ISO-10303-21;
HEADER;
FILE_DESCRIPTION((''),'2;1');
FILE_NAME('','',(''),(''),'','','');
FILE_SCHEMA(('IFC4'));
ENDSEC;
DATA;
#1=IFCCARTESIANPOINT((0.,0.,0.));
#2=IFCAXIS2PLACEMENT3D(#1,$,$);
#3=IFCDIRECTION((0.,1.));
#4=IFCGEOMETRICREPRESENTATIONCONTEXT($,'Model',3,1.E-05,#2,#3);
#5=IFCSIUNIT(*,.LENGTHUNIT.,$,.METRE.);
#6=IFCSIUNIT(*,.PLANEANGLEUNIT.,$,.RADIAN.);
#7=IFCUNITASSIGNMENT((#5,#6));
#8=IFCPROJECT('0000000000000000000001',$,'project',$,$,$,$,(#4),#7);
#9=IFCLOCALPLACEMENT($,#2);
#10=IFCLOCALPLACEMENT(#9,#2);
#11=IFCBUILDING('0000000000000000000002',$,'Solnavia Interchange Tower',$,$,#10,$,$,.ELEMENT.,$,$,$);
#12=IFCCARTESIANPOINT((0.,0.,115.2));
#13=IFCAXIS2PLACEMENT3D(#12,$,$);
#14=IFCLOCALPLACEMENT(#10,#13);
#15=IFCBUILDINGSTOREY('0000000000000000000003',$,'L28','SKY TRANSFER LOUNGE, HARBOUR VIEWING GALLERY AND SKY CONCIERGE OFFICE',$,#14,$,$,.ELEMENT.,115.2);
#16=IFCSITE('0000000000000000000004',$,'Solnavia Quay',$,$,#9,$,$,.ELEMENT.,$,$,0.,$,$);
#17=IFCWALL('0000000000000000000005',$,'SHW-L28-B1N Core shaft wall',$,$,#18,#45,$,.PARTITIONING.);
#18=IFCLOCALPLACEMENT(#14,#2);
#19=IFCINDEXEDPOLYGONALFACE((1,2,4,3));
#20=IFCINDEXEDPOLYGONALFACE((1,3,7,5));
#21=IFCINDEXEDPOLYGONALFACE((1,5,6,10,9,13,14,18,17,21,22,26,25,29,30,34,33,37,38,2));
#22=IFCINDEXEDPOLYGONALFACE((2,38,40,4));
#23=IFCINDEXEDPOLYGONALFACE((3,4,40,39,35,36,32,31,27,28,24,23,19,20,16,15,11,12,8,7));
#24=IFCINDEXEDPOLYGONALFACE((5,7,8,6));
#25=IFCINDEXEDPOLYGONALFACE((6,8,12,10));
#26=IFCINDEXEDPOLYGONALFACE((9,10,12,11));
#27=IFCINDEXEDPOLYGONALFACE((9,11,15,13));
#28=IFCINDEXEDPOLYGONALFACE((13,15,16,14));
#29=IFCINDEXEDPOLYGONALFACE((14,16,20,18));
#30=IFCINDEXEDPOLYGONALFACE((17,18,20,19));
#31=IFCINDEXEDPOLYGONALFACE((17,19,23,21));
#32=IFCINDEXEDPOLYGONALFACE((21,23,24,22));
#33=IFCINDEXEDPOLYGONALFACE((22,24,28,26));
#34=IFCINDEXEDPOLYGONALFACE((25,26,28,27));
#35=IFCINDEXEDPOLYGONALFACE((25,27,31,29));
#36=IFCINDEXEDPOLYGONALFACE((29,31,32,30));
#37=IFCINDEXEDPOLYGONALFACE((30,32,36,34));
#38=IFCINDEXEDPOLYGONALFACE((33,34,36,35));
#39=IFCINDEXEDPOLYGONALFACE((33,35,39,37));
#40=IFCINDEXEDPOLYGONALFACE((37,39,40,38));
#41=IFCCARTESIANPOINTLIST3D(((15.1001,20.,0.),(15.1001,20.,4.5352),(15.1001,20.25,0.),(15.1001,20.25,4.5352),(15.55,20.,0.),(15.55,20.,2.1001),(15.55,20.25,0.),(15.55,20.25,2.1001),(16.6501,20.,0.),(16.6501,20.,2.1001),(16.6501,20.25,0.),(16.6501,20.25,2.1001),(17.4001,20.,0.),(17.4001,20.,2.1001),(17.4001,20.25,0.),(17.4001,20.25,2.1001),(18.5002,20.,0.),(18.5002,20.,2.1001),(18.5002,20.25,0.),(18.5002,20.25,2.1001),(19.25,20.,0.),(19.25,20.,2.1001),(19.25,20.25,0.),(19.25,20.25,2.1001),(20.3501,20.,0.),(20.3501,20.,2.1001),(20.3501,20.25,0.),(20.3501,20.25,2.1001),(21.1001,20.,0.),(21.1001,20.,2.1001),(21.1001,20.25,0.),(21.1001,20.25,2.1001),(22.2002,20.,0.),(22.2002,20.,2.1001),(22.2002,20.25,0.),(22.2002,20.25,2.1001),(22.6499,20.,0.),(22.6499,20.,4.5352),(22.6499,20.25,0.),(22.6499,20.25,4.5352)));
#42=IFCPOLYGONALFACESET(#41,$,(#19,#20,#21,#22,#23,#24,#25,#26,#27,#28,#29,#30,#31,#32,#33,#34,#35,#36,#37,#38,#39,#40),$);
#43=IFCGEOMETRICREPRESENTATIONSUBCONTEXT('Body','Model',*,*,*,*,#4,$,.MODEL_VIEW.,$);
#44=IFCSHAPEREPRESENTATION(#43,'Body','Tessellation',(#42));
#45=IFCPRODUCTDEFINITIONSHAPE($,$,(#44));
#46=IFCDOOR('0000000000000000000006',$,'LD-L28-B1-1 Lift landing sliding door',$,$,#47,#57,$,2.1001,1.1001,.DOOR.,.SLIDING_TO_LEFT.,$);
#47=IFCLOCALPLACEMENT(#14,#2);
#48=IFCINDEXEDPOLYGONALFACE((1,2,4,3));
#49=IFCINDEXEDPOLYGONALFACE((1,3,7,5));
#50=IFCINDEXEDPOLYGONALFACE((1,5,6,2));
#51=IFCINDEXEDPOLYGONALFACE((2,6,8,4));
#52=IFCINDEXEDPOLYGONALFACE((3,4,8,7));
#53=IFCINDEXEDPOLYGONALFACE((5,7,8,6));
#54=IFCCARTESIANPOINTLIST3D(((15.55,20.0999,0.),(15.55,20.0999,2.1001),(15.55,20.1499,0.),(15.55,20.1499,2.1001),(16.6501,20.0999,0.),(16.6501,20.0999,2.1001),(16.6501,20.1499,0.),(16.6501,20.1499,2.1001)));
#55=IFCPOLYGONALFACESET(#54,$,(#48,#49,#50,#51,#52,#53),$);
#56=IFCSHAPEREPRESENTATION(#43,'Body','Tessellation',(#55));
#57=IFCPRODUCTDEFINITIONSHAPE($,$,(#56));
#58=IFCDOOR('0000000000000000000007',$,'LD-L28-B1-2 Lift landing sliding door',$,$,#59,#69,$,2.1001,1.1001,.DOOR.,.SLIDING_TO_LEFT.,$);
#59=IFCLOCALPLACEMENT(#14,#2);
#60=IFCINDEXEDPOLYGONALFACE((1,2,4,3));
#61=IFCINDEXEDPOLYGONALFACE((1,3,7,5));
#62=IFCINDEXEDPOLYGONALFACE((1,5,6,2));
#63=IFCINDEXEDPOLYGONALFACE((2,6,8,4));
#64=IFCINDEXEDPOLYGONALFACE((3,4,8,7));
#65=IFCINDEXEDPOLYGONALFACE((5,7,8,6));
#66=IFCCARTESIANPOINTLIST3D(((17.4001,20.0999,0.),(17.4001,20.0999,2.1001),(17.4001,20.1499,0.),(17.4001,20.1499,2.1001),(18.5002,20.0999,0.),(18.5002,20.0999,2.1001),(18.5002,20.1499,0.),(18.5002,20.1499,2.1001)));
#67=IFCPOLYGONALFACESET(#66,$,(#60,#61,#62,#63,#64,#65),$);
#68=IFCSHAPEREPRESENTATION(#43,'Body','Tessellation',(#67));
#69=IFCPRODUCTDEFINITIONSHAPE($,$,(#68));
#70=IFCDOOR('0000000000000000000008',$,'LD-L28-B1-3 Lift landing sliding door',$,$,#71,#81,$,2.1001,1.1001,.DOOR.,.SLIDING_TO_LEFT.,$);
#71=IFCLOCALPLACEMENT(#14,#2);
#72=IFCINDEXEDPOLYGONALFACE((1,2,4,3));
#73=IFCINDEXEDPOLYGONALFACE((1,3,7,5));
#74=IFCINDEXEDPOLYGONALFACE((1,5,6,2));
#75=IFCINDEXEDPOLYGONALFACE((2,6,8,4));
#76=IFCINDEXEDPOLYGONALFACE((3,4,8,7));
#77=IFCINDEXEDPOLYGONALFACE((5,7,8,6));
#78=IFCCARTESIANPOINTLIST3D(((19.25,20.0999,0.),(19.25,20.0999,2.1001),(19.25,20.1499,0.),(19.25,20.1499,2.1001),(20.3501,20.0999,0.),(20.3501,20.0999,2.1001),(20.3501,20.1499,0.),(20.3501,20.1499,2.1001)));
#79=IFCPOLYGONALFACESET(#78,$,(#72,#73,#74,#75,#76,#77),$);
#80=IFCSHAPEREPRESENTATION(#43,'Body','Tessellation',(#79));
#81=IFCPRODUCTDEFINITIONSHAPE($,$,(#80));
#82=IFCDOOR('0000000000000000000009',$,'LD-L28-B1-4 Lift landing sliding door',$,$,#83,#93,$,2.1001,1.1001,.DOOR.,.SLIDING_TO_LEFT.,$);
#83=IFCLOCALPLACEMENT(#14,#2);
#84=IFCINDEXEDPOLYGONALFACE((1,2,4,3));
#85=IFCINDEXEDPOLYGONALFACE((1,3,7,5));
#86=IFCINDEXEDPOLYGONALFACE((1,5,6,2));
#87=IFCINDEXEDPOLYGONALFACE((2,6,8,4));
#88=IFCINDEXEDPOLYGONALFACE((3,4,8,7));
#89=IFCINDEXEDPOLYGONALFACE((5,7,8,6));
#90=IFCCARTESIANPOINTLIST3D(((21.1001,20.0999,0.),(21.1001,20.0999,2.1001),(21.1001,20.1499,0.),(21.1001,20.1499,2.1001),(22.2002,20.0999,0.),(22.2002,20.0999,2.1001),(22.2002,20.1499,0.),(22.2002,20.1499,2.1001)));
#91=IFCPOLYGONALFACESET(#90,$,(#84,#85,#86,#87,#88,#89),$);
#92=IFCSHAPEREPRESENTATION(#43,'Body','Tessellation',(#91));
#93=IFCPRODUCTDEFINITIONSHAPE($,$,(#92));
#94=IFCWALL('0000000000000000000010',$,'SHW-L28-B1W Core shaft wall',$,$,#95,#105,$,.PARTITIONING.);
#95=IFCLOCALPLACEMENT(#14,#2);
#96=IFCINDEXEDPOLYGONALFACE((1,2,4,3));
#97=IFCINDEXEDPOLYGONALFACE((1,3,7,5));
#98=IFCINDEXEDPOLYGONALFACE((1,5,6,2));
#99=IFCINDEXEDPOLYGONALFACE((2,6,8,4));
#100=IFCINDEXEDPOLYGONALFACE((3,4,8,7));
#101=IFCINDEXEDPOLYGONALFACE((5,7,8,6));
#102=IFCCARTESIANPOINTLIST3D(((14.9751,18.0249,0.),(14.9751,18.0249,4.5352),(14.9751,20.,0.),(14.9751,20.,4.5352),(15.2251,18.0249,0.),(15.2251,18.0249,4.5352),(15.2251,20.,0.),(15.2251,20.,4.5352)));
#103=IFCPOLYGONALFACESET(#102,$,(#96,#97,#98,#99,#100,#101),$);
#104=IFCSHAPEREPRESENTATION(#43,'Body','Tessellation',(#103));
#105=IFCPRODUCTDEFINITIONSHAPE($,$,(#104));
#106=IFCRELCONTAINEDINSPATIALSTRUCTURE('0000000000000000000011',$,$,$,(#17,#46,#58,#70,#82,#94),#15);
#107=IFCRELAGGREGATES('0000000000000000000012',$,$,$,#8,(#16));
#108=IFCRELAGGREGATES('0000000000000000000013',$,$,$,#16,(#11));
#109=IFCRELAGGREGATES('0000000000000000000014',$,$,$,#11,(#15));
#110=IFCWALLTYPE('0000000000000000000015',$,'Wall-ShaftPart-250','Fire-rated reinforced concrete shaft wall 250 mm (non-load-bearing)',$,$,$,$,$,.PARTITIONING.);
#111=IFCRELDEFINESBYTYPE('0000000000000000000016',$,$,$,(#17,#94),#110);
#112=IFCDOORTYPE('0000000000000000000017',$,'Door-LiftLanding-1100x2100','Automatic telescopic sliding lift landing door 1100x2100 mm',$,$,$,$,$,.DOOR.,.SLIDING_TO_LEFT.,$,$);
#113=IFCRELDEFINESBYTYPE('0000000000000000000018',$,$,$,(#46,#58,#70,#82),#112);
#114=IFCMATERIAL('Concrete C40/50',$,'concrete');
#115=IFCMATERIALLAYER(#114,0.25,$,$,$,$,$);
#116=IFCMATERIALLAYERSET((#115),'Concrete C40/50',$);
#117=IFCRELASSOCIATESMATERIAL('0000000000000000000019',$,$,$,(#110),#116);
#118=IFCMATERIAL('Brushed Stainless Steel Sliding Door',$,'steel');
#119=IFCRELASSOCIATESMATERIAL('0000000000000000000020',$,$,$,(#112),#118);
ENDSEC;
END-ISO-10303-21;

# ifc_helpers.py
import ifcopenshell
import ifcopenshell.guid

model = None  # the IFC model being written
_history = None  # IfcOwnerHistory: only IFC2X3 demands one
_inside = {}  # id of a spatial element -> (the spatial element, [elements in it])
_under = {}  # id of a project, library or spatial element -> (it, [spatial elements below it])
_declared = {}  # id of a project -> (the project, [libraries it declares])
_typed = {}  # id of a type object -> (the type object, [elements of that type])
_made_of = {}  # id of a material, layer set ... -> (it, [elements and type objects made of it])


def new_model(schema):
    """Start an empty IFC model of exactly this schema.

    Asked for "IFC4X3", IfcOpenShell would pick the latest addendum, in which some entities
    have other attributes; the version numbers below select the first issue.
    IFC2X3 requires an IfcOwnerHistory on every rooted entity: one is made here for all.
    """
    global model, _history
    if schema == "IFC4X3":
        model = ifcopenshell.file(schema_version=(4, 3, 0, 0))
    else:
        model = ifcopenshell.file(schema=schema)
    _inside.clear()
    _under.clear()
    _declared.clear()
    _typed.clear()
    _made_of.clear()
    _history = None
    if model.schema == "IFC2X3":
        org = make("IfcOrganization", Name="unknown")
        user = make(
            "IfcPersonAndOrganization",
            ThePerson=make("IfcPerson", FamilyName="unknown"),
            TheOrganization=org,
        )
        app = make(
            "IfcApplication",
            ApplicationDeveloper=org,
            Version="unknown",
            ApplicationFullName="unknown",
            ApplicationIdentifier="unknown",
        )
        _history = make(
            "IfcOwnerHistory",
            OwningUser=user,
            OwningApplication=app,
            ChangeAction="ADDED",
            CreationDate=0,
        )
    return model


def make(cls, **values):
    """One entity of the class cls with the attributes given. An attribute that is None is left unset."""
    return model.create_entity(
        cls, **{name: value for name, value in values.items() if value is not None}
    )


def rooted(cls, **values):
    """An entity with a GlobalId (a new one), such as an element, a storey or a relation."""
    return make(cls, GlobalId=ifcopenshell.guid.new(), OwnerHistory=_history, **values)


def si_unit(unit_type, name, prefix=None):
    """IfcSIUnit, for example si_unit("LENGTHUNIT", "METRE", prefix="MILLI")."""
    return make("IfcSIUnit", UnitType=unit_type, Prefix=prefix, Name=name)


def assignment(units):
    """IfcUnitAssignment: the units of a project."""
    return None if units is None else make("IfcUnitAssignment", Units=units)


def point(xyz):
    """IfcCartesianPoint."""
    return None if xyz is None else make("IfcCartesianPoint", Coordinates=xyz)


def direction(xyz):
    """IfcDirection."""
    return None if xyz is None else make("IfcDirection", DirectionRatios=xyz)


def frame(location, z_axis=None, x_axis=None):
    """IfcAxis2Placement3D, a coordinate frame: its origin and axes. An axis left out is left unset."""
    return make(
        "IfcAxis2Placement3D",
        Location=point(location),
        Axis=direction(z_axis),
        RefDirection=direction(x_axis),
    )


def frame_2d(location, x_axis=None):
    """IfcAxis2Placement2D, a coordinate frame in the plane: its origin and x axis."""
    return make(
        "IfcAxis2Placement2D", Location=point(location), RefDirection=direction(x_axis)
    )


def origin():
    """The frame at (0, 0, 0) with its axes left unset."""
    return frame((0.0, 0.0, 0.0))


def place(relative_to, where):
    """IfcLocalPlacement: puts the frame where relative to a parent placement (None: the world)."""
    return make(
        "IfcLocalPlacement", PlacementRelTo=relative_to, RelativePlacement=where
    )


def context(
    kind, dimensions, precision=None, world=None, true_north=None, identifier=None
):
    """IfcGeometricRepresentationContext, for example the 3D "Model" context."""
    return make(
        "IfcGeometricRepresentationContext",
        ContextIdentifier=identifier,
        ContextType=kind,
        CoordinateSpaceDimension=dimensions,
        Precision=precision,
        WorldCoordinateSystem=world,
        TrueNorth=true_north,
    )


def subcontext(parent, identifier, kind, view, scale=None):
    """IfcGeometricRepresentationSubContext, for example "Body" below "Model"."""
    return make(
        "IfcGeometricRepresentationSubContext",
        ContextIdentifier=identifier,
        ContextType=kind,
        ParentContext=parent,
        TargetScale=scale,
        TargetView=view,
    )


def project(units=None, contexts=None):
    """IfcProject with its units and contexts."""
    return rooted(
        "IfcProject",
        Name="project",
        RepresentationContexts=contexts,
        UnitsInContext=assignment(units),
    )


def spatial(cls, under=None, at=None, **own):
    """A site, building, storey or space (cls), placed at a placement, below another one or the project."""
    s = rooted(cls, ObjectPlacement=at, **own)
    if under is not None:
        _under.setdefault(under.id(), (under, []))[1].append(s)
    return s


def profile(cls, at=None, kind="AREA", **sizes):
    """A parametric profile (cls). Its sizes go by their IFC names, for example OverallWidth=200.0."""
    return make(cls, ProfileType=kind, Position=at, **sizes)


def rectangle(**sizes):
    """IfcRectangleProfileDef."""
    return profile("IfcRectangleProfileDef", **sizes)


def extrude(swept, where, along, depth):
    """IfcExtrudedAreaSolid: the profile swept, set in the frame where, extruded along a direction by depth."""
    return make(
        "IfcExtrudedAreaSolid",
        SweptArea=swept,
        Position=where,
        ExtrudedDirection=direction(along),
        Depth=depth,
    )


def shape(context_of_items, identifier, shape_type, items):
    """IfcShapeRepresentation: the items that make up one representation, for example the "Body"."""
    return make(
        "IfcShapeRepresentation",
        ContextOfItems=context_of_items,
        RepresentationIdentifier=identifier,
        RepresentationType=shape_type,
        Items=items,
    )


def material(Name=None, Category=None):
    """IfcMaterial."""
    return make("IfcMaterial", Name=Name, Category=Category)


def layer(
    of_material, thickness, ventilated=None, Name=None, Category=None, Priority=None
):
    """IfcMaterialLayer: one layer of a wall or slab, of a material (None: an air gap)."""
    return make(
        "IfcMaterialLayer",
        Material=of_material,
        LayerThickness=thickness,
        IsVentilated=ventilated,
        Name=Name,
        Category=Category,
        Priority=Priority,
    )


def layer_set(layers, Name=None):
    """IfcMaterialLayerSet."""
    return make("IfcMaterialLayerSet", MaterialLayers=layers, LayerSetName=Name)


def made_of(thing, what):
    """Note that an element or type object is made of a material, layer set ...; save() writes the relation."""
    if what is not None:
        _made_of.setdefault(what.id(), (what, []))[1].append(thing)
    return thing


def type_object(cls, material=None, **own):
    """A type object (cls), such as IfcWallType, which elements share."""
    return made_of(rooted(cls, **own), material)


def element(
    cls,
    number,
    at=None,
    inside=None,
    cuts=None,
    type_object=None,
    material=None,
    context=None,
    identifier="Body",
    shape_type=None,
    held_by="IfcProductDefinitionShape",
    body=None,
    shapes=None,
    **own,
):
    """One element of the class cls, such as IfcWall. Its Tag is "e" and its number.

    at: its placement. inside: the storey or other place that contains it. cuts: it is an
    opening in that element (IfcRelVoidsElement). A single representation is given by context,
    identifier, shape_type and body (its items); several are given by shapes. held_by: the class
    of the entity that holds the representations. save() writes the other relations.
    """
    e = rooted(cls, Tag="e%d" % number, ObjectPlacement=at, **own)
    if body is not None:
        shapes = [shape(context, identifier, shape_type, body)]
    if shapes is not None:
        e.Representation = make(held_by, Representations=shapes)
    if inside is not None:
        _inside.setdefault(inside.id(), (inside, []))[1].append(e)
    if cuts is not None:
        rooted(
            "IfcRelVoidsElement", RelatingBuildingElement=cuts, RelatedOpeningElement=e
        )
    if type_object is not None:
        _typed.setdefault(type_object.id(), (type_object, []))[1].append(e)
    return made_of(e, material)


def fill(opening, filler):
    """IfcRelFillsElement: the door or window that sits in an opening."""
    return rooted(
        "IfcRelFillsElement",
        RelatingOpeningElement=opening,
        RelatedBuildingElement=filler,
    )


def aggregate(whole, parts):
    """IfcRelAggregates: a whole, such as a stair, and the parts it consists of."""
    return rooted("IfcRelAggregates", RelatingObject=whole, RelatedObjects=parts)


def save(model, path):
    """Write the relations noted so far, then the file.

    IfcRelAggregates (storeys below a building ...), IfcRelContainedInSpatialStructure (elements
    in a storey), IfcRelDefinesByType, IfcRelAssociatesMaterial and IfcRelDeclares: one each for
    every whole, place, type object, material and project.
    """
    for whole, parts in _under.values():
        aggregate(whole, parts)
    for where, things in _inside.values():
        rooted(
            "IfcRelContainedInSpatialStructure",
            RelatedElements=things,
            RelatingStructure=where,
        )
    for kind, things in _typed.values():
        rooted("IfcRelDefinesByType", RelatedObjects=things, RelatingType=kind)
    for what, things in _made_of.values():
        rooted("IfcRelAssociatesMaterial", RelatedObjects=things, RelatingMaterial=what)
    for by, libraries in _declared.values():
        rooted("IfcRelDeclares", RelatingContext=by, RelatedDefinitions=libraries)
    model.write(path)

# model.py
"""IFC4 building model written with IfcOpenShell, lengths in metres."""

from ifc_helpers import new_model, si_unit, direction, frame, frame_2d, origin, place, context, subcontext, project, spatial, rectangle, extrude, material, layer, layer_set, type_object, element, fill, save


model = new_model("IFC4")

# Units and contexts
model_context = context("Model", 3, precision=1e-05, world=origin(), true_north=direction((0.0, 1.0)))
body_context = subcontext(model_context, "Body", "Model", "MODEL_VIEW")
ifc_project = project(units=[si_unit("LENGTHUNIT", "METRE"), si_unit("PLANEANGLEUNIT", "RADIAN")], contexts=[model_context])

# Site, building, storey
site_placement = place(None, origin())
site = spatial("IfcSite", under=ifc_project, at=site_placement, Name="Solnavia Quay", CompositionType="ELEMENT", RefElevation=0.0)
building_placement = place(site_placement, origin())
building = spatial("IfcBuilding", under=site, at=building_placement, Name="Solnavia Interchange Tower", CompositionType="ELEMENT")
storey_placement = place(building_placement, frame((0.0, 0.0, 115.2)))
storey = spatial("IfcBuildingStorey", under=building, at=storey_placement, Name="L28", Description="SKY TRANSFER LOUNGE, HARBOUR VIEWING GALLERY AND SKY CONCIERGE OFFICE", CompositionType="ELEMENT", Elevation=115.2)

# Shared definitions
ifc_material_1 = material(Name="Concrete C40/50", Category="concrete")

# Shared definitions
ifc_layer_1 = layer(ifc_material_1, 0.25)
ifc_layer_set_1 = layer_set([ifc_layer_1], Name="Concrete C40/50")
wall_type_1 = type_object("IfcWallType", Name="Wall-ShaftPart-250", Description="Fire-rated reinforced concrete shaft wall 250 mm (non-load-bearing)", PredefinedType="PARTITIONING", material=ifc_layer_set_1)

# Wall, openings, doors
wall_1_placement = place(storey_placement, frame((15.1001, 20.125, 0.0), z_axis=(0.0, 0.0, 1.0), x_axis=(1.0, 0.0, 0.0)))
wall_1 = element("IfcWall", 1, at=wall_1_placement, inside=storey, type_object=wall_type_1, Name="SHW-L28-B1N Core shaft wall", PredefinedType="PARTITIONING", context=body_context, shape_type="SweptSolid", body=[
    extrude(rectangle(XDim=7.5498, YDim=0.25, at=frame_2d((3.7749, 0.0))), origin(), (0.0, 0.0, 1.0), 4.5352),
])
opening_1_placement = place(wall_1_placement, frame((0.45, 0.0, 0.0)))
opening_1 = element("IfcOpeningElement", 2, at=opening_1_placement, cuts=wall_1, PredefinedType="OPENING", context=body_context, shape_type="SweptSolid", body=[
    extrude(rectangle(XDim=1.1001, YDim=2.1001, at=frame_2d((0.55, 1.05))), frame((0.0, 0.135, 0.0), z_axis=(0.0, -1.0, 0.0), x_axis=(1.0, 0.0, 0.0)), (0.0, 0.0, 1.0), 0.27),
])
opening_2_placement = place(wall_1_placement, frame((2.3, 0.0, 0.0)))
opening_2 = element("IfcOpeningElement", 3, at=opening_2_placement, cuts=wall_1, PredefinedType="OPENING", context=body_context, shape_type="SweptSolid", body=[
    extrude(rectangle(XDim=1.1001, YDim=2.1001, at=frame_2d((0.55, 1.05))), frame((0.0, 0.135, 0.0), z_axis=(0.0, -1.0, 0.0), x_axis=(1.0, 0.0, 0.0)), (0.0, 0.0, 1.0), 0.27),
])
opening_3_placement = place(wall_1_placement, frame((4.1499, 0.0, 0.0)))
opening_3 = element("IfcOpeningElement", 4, at=opening_3_placement, cuts=wall_1, PredefinedType="OPENING", context=body_context, shape_type="SweptSolid", body=[
    extrude(rectangle(XDim=1.1001, YDim=2.1001, at=frame_2d((0.55, 1.05))), frame((0.0, 0.135, 0.0), z_axis=(0.0, -1.0, 0.0), x_axis=(1.0, 0.0, 0.0)), (0.0, 0.0, 1.0), 0.27),
])
opening_4_placement = place(wall_1_placement, frame((6.0, 0.0, 0.0)))
opening_4 = element("IfcOpeningElement", 5, at=opening_4_placement, cuts=wall_1, PredefinedType="OPENING", context=body_context, shape_type="SweptSolid", body=[
    extrude(rectangle(XDim=1.1001, YDim=2.1001, at=frame_2d((0.55, 1.05))), frame((0.0, 0.135, 0.0), z_axis=(0.0, -1.0, 0.0), x_axis=(1.0, 0.0, 0.0)), (0.0, 0.0, 1.0), 0.27),
])
ifc_material_2 = material(Name="Brushed Stainless Steel Sliding Door", Category="steel")
door_type = type_object("IfcDoorType", Name="Door-LiftLanding-1100x2100", Description="Automatic telescopic sliding lift landing door 1100x2100 mm", OperationType="SLIDING_TO_LEFT", PredefinedType="DOOR", material=ifc_material_2)
door_1_placement = place(opening_1_placement, origin())
door_1 = element("IfcDoor", 6, at=door_1_placement, inside=storey, type_object=door_type, Name="LD-L28-B1-1 Lift landing sliding door", OperationType="SLIDING_TO_LEFT", OverallHeight=2.1001, OverallWidth=1.1001, PredefinedType="DOOR", context=body_context, shape_type="SweptSolid", body=[
    extrude(rectangle(XDim=1.1001, YDim=2.1001, at=frame_2d((0.55, 1.05))), frame((0.0, 0.0249, 0.0), z_axis=(0.0, -1.0, 0.0), x_axis=(1.0, 0.0, 0.0)), (0.0, 0.0, 1.0), 0.05),
])
fill(opening_1, door_1)
door_2_placement = place(opening_2_placement, origin())
door_2 = element("IfcDoor", 7, at=door_2_placement, inside=storey, type_object=door_type, Name="LD-L28-B1-2 Lift landing sliding door", OperationType="SLIDING_TO_LEFT", OverallHeight=2.1001, OverallWidth=1.1001, PredefinedType="DOOR", context=body_context, shape_type="SweptSolid", body=[
    extrude(rectangle(XDim=1.1001, YDim=2.1001, at=frame_2d((0.55, 1.05))), frame((0.0, 0.0249, 0.0), z_axis=(0.0, -1.0, 0.0), x_axis=(1.0, 0.0, 0.0)), (0.0, 0.0, 1.0), 0.05),
])
fill(opening_2, door_2)
door_3_placement = place(opening_3_placement, origin())
door_3 = element("IfcDoor", 8, at=door_3_placement, inside=storey, type_object=door_type, Name="LD-L28-B1-3 Lift landing sliding door", OperationType="SLIDING_TO_LEFT", OverallHeight=2.1001, OverallWidth=1.1001, PredefinedType="DOOR", context=body_context, shape_type="SweptSolid", body=[
    extrude(rectangle(XDim=1.1001, YDim=2.1001, at=frame_2d((0.55, 1.05))), frame((0.0, 0.0249, 0.0), z_axis=(0.0, -1.0, 0.0), x_axis=(1.0, 0.0, 0.0)), (0.0, 0.0, 1.0), 0.05),
])
fill(opening_3, door_3)
door_4_placement = place(opening_4_placement, origin())
door_4 = element("IfcDoor", 9, at=door_4_placement, inside=storey, type_object=door_type, Name="LD-L28-B1-4 Lift landing sliding door", OperationType="SLIDING_TO_LEFT", OverallHeight=2.1001, OverallWidth=1.1001, PredefinedType="DOOR", context=body_context, shape_type="SweptSolid", body=[
    extrude(rectangle(XDim=1.1001, YDim=2.1001, at=frame_2d((0.55, 1.05))), frame((0.0, 0.0249, 0.0), z_axis=(0.0, -1.0, 0.0), x_axis=(1.0, 0.0, 0.0)), (0.0, 0.0, 1.0), 0.05),
])
fill(opening_4, door_4)

# Wall
wall_2_placement = place(storey_placement, frame((15.1001, 18.0249, 0.0), z_axis=(0.0, 0.0, 1.0), x_axis=(0.0, 1.0, 0.0)))
element("IfcWall", 10, at=wall_2_placement, inside=storey, type_object=wall_type_1, Name="SHW-L28-B1W Core shaft wall", PredefinedType="PARTITIONING", context=body_context, shape_type="SweptSolid", body=[
    extrude(rectangle(XDim=1.9751, YDim=0.25, at=frame_2d((0.9875, 0.0))), origin(), (0.0, 0.0, 1.0), 4.5352),
])

save(model, "model.ifc")
